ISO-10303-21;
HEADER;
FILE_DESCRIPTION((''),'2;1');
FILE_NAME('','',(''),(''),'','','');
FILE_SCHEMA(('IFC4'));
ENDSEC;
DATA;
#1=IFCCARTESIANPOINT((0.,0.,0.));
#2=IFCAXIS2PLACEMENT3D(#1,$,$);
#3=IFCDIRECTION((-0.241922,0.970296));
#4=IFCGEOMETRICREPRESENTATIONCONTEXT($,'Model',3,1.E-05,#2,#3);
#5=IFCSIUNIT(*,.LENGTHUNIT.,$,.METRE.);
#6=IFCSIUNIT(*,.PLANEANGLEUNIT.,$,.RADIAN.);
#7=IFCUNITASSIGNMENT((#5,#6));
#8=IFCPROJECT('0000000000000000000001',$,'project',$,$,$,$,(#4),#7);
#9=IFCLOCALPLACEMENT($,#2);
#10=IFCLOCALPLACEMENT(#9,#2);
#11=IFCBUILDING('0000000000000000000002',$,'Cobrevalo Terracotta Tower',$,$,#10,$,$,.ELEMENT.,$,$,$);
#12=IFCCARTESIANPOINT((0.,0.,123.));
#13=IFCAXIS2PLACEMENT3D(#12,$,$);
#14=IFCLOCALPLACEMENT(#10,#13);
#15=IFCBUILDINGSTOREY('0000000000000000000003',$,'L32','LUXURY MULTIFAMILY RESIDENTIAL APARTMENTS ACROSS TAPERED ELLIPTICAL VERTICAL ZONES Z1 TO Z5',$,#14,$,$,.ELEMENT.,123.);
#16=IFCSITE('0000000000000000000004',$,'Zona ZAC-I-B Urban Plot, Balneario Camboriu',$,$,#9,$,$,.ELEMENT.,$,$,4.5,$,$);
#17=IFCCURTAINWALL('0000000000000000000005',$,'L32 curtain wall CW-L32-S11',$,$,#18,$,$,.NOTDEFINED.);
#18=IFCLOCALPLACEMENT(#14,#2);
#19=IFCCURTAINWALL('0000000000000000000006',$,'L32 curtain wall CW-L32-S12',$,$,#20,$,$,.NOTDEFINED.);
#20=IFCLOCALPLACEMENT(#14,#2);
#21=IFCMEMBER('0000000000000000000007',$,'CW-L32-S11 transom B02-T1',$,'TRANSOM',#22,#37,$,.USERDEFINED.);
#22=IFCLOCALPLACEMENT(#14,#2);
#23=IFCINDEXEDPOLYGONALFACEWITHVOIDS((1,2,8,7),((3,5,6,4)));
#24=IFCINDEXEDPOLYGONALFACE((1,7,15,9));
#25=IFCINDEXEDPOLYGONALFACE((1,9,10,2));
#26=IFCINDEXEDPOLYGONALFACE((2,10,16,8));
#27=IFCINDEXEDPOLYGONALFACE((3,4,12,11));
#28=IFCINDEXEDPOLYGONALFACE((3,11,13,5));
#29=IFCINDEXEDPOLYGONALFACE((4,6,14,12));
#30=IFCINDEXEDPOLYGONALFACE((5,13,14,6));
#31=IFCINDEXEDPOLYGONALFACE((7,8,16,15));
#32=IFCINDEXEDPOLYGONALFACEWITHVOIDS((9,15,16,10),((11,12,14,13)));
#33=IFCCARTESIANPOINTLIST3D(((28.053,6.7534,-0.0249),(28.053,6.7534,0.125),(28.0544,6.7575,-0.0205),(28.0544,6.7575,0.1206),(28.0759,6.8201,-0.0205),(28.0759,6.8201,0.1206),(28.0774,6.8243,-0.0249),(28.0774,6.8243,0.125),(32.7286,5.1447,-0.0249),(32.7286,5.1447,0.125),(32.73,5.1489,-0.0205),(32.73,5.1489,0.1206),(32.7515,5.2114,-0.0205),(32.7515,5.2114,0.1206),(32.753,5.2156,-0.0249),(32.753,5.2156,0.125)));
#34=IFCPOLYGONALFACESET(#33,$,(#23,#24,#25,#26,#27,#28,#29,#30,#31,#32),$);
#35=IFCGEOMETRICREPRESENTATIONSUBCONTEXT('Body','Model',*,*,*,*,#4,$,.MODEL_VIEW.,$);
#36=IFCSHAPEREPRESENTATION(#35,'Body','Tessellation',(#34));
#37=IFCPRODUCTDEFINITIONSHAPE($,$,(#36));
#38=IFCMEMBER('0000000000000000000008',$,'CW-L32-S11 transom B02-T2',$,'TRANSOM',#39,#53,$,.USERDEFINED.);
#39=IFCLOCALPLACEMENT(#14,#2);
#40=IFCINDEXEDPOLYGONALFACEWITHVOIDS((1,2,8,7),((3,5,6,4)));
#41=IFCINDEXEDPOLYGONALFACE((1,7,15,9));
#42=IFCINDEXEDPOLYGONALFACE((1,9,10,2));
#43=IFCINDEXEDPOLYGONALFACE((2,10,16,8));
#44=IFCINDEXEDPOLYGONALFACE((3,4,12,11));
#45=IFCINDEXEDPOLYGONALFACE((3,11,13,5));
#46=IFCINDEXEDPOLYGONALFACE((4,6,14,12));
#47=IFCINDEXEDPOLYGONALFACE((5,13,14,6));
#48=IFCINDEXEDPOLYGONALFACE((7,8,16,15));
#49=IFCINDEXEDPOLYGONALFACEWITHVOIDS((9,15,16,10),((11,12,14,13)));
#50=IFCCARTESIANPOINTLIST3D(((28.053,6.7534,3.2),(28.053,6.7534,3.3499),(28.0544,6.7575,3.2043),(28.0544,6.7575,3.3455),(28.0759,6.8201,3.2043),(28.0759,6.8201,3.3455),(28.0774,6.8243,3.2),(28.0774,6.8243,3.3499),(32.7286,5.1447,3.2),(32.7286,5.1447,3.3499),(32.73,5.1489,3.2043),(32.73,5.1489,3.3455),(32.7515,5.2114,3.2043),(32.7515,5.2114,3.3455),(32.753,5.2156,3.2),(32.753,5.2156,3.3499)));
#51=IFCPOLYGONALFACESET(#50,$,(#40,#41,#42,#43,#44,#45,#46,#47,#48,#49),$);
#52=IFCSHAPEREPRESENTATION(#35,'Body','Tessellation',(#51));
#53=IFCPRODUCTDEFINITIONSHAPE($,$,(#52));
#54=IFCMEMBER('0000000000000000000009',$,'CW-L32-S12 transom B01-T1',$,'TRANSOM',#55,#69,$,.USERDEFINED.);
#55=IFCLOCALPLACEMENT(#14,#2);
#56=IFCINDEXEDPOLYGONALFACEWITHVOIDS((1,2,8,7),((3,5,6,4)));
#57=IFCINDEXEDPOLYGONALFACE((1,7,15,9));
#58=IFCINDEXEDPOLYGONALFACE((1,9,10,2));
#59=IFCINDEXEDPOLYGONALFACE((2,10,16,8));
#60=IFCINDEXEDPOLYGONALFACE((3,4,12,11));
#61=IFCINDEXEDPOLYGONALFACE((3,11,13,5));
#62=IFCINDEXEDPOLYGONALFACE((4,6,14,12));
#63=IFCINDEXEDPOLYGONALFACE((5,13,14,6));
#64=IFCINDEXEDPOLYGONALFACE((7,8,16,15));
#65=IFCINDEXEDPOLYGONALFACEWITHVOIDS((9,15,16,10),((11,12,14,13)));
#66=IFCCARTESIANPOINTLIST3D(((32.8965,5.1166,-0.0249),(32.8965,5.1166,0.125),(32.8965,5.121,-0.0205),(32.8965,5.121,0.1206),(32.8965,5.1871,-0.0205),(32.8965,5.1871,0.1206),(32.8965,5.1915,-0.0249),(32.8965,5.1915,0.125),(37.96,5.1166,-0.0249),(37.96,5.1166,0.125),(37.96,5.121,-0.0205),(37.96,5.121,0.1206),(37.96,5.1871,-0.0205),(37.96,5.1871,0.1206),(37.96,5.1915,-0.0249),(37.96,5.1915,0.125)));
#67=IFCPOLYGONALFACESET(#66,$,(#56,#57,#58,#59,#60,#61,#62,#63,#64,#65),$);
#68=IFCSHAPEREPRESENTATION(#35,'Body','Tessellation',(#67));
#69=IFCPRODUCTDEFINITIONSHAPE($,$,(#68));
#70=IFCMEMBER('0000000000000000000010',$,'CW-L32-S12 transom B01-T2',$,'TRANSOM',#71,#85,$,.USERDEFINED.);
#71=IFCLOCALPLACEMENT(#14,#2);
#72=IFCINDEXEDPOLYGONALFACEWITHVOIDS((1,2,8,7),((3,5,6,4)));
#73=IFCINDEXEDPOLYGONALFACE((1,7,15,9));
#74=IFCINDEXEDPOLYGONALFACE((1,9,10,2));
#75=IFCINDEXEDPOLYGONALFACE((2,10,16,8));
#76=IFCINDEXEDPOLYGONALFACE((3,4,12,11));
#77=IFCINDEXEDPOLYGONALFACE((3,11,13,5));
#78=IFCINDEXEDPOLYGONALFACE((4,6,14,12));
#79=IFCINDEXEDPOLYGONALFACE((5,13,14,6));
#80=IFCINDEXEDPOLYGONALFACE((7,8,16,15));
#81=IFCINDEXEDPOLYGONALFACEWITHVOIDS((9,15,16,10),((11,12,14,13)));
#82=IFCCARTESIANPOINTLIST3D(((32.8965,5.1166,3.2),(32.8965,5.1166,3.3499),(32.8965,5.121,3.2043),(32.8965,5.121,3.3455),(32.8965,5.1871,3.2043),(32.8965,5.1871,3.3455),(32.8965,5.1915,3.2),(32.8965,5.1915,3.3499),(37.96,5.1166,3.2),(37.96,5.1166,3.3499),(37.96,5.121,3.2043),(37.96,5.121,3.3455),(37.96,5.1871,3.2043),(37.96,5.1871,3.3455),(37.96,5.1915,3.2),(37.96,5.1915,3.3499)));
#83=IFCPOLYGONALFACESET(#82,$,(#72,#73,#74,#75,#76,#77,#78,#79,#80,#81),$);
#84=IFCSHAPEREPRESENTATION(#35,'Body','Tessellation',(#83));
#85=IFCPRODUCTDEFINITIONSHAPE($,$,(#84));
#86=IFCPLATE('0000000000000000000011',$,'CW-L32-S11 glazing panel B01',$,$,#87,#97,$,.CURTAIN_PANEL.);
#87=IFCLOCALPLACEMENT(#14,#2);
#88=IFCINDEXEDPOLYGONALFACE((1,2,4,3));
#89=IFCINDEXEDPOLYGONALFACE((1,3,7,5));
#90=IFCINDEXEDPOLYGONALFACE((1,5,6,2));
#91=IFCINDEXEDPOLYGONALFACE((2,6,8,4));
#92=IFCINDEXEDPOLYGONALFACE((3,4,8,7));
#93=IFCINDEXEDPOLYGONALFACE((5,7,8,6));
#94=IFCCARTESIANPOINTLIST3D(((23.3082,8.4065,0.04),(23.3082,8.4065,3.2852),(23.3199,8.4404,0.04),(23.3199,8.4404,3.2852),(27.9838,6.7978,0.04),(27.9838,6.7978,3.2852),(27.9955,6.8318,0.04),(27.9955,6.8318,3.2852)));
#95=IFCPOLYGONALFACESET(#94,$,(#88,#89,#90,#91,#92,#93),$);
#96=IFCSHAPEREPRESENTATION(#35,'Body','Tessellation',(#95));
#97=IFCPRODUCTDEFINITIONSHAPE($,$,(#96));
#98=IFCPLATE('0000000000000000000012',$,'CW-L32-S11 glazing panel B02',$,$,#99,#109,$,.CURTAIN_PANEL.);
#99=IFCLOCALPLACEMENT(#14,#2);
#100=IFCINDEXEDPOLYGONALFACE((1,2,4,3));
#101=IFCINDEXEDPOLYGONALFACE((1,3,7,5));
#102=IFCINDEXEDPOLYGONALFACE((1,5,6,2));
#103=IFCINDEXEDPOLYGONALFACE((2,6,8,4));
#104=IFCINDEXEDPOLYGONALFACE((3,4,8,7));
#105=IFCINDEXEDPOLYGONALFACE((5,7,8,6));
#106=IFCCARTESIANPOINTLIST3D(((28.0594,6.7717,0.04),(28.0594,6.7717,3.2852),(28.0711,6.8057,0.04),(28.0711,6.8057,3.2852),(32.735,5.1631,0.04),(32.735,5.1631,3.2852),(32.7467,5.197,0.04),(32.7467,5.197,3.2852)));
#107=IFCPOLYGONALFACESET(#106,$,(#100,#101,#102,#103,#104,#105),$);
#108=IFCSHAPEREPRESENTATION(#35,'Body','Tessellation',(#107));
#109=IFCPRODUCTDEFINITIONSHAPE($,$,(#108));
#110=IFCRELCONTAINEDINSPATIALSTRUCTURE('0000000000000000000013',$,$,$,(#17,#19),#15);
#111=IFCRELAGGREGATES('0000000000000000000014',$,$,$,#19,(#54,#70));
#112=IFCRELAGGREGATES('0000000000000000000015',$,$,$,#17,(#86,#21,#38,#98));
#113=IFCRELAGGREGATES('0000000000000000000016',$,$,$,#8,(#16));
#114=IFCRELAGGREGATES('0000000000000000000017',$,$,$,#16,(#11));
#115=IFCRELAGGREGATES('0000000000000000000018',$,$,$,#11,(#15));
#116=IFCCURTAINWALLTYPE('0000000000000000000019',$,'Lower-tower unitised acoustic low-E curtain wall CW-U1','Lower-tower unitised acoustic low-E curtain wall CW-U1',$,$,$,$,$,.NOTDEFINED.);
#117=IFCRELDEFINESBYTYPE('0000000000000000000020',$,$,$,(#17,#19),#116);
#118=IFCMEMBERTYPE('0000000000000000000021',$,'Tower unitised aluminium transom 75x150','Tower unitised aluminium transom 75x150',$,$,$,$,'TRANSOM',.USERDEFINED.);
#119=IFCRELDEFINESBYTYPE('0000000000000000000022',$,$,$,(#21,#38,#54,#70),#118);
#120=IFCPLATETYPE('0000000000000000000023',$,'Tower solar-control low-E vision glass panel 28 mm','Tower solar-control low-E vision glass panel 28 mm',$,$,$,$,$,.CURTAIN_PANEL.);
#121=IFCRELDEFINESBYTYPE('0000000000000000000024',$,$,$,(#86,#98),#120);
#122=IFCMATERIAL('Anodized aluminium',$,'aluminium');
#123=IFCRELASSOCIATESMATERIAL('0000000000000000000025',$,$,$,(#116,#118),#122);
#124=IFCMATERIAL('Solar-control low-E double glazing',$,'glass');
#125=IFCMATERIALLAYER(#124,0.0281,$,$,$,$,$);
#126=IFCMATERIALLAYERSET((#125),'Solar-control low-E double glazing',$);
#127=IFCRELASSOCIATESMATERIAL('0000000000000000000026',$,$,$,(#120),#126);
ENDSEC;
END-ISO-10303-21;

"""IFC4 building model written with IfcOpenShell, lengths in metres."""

from ifc_helpers import new_model, si_unit, direction, frame, origin, origin_2d, place, context, subcontext, project, spatial, rectangle, hollow_rectangle, extrude, source, transform, mapped, material, layer, layer_set, material_profile, profile_set, type_object, element, aggregate, save


model = new_model("IFC4")

# Units and contexts
model_context = context("Model", 3, precision=1e-05, world=origin(), true_north=direction((-0.241922, 0.970296)))
body_context = subcontext(model_context, "Body", "Model", "MODEL_VIEW")
ifc_project = project(units=[si_unit("LENGTHUNIT", "METRE"), si_unit("PLANEANGLEUNIT", "RADIAN")], contexts=[model_context])

# Site, building, storey
site_placement = place(None, origin())
site = spatial("IfcSite", under=ifc_project, at=site_placement, Name="Zona ZAC-I-B Urban Plot, Balneario Camboriu", CompositionType="ELEMENT", RefElevation=4.5)
building_placement = place(site_placement, origin())
building = spatial("IfcBuilding", under=site, at=building_placement, Name="Cobrevalo Terracotta Tower", CompositionType="ELEMENT")
storey_placement = place(building_placement, frame((0.0, 0.0, 123.0)))
storey = spatial("IfcBuildingStorey", under=building, at=storey_placement, Name="L32", Description="LUXURY MULTIFAMILY RESIDENTIAL APARTMENTS ACROSS TAPERED ELLIPTICAL VERTICAL ZONES Z1 TO Z5", CompositionType="ELEMENT", Elevation=123.0)

# Curtain wall
ifc_material_1 = material(Name="Anodized aluminium", Category="aluminium")
curtain_wall_type = type_object("IfcCurtainWallType", Name="Lower-tower unitised acoustic low-E curtain wall CW-U1", Description="Lower-tower unitised acoustic low-E curtain wall CW-U1", PredefinedType="NOTDEFINED", material=ifc_material_1)
curtain_wall_1_placement = place(storey_placement, origin())
curtain_wall_1 = element("IfcCurtainWall", 1, at=curtain_wall_1_placement, inside=storey, type_object=curtain_wall_type, Name="L32 curtain wall CW-L32-S11", PredefinedType="NOTDEFINED")

# Curtain wall
curtain_wall_2_placement = place(storey_placement, origin())
curtain_wall_2 = element("IfcCurtainWall", 2, at=curtain_wall_2_placement, inside=storey, type_object=curtain_wall_type, Name="L32 curtain wall CW-L32-S12", PredefinedType="NOTDEFINED")

# Members
ifc_material_profile_1 = material_profile(ifc_material_1, hollow_rectangle(XDim=0.075, YDim=0.1499, WallThickness=0.0044, at=origin_2d()), Name="CWT 75x150")
ifc_profile_set_1 = profile_set([ifc_material_profile_1], Name="Anodized aluminium")
member_type_1 = type_object("IfcMemberType", Name="Tower unitised aluminium transom 75x150", Description="Tower unitised aluminium transom 75x150", ElementType="TRANSOM", PredefinedType="USERDEFINED", material=ifc_profile_set_1)
shared_shape_1 = source(origin(), body_context, "Body", "SweptSolid", [
    extrude(hollow_rectangle(XDim=0.075, YDim=0.1499, WallThickness=0.0044, at=origin_2d()), origin(), (0.0, 0.0, 1.0), 4.9446),
])
member_1_placement = place(storey_placement, frame((28.0652, 6.7888, 0.05), z_axis=(0.945598, -0.325338, 0.0), x_axis=(0.325338, 0.945598, 0.0)))
member_1 = element("IfcMember", 3, at=member_1_placement, type_object=member_type_1, Name="CW-L32-S11 transom B02-T1", ObjectType="TRANSOM", PredefinedType="USERDEFINED", context=body_context, shape_type="MappedRepresentation", body=[
    mapped(shared_shape_1, transform((0.0, 0.0, 0.0), scale=1.0)),
])
member_2_placement = place(storey_placement, frame((28.0652, 6.7888, 3.2749), z_axis=(0.945598, -0.325338, 0.0), x_axis=(0.325338, 0.945598, 0.0)))
member_2 = element("IfcMember", 4, at=member_2_placement, type_object=member_type_1, Name="CW-L32-S11 transom B02-T2", ObjectType="TRANSOM", PredefinedType="USERDEFINED", context=body_context, shape_type="MappedRepresentation", body=[
    mapped(shared_shape_1, transform((0.0, 0.0, 0.0), scale=1.0)),
])
shared_shape_2 = source(origin(), body_context, "Body", "SweptSolid", [
    extrude(hollow_rectangle(XDim=0.075, YDim=0.1499, WallThickness=0.0044, at=origin_2d()), origin(), (0.0, 0.0, 1.0), 5.0635),
])
member_3_placement = place(storey_placement, frame((32.8965, 5.1541, 0.05), z_axis=(1.0, 0.0, 0.0), x_axis=(0.0, 1.0, 0.0)))
member_3 = element("IfcMember", 5, at=member_3_placement, type_object=member_type_1, Name="CW-L32-S12 transom B01-T1", ObjectType="TRANSOM", PredefinedType="USERDEFINED", context=body_context, shape_type="MappedRepresentation", body=[
    mapped(shared_shape_2, transform((0.0, 0.0, 0.0), scale=1.0)),
])
member_4_placement = place(storey_placement, frame((32.8965, 5.1541, 3.2749), z_axis=(1.0, 0.0, 0.0), x_axis=(0.0, 1.0, 0.0)))
member_4 = element("IfcMember", 6, at=member_4_placement, type_object=member_type_1, Name="CW-L32-S12 transom B01-T2", ObjectType="TRANSOM", PredefinedType="USERDEFINED", context=body_context, shape_type="MappedRepresentation", body=[
    mapped(shared_shape_2, transform((0.0, 0.0, 0.0), scale=1.0)),
])
aggregate(curtain_wall_2, [member_3, member_4])

# Plates
ifc_material_2 = material(Name="Solar-control low-E double glazing", Category="glass")
ifc_layer_1 = layer(ifc_material_2, 0.0281)
ifc_layer_set_1 = layer_set([ifc_layer_1], Name="Solar-control low-E double glazing")
plate_type = type_object("IfcPlateType", Name="Tower solar-control low-E vision glass panel 28 mm", Description="Tower solar-control low-E vision glass panel 28 mm", PredefinedType="CURTAIN_PANEL", material=ifc_layer_set_1)
shared_shape_3 = source(origin(), body_context, "Body", "SweptSolid", [
    extrude(rectangle(XDim=4.9446, YDim=0.0359, at=origin_2d()), origin(), (0.0, 0.0, 1.0), 3.2451),
])
plate_1_placement = place(storey_placement, frame((25.6519, 7.6191, 0.04), z_axis=(0.0, 0.0, 1.0), x_axis=(0.945596, -0.325342, 0.0)))
plate_1 = element("IfcPlate", 7, at=plate_1_placement, type_object=plate_type, Name="CW-L32-S11 glazing panel B01", PredefinedType="CURTAIN_PANEL", context=body_context, shape_type="MappedRepresentation", body=[
    mapped(shared_shape_3, transform((0.0, 0.0, 0.0), scale=1.0)),
])
plate_2_placement = place(storey_placement, frame((30.4031, 5.9844, 0.04), z_axis=(0.0, 0.0, 1.0), x_axis=(0.945596, -0.325342, 0.0)))
plate_2 = element("IfcPlate", 8, at=plate_2_placement, type_object=plate_type, Name="CW-L32-S11 glazing panel B02", PredefinedType="CURTAIN_PANEL", context=body_context, shape_type="MappedRepresentation", body=[
    mapped(shared_shape_3, transform((0.0, 0.0, 0.0), scale=1.0)),
])
aggregate(curtain_wall_1, [plate_1, member_1, member_2, plate_2])

save(model, "model.ifc")
